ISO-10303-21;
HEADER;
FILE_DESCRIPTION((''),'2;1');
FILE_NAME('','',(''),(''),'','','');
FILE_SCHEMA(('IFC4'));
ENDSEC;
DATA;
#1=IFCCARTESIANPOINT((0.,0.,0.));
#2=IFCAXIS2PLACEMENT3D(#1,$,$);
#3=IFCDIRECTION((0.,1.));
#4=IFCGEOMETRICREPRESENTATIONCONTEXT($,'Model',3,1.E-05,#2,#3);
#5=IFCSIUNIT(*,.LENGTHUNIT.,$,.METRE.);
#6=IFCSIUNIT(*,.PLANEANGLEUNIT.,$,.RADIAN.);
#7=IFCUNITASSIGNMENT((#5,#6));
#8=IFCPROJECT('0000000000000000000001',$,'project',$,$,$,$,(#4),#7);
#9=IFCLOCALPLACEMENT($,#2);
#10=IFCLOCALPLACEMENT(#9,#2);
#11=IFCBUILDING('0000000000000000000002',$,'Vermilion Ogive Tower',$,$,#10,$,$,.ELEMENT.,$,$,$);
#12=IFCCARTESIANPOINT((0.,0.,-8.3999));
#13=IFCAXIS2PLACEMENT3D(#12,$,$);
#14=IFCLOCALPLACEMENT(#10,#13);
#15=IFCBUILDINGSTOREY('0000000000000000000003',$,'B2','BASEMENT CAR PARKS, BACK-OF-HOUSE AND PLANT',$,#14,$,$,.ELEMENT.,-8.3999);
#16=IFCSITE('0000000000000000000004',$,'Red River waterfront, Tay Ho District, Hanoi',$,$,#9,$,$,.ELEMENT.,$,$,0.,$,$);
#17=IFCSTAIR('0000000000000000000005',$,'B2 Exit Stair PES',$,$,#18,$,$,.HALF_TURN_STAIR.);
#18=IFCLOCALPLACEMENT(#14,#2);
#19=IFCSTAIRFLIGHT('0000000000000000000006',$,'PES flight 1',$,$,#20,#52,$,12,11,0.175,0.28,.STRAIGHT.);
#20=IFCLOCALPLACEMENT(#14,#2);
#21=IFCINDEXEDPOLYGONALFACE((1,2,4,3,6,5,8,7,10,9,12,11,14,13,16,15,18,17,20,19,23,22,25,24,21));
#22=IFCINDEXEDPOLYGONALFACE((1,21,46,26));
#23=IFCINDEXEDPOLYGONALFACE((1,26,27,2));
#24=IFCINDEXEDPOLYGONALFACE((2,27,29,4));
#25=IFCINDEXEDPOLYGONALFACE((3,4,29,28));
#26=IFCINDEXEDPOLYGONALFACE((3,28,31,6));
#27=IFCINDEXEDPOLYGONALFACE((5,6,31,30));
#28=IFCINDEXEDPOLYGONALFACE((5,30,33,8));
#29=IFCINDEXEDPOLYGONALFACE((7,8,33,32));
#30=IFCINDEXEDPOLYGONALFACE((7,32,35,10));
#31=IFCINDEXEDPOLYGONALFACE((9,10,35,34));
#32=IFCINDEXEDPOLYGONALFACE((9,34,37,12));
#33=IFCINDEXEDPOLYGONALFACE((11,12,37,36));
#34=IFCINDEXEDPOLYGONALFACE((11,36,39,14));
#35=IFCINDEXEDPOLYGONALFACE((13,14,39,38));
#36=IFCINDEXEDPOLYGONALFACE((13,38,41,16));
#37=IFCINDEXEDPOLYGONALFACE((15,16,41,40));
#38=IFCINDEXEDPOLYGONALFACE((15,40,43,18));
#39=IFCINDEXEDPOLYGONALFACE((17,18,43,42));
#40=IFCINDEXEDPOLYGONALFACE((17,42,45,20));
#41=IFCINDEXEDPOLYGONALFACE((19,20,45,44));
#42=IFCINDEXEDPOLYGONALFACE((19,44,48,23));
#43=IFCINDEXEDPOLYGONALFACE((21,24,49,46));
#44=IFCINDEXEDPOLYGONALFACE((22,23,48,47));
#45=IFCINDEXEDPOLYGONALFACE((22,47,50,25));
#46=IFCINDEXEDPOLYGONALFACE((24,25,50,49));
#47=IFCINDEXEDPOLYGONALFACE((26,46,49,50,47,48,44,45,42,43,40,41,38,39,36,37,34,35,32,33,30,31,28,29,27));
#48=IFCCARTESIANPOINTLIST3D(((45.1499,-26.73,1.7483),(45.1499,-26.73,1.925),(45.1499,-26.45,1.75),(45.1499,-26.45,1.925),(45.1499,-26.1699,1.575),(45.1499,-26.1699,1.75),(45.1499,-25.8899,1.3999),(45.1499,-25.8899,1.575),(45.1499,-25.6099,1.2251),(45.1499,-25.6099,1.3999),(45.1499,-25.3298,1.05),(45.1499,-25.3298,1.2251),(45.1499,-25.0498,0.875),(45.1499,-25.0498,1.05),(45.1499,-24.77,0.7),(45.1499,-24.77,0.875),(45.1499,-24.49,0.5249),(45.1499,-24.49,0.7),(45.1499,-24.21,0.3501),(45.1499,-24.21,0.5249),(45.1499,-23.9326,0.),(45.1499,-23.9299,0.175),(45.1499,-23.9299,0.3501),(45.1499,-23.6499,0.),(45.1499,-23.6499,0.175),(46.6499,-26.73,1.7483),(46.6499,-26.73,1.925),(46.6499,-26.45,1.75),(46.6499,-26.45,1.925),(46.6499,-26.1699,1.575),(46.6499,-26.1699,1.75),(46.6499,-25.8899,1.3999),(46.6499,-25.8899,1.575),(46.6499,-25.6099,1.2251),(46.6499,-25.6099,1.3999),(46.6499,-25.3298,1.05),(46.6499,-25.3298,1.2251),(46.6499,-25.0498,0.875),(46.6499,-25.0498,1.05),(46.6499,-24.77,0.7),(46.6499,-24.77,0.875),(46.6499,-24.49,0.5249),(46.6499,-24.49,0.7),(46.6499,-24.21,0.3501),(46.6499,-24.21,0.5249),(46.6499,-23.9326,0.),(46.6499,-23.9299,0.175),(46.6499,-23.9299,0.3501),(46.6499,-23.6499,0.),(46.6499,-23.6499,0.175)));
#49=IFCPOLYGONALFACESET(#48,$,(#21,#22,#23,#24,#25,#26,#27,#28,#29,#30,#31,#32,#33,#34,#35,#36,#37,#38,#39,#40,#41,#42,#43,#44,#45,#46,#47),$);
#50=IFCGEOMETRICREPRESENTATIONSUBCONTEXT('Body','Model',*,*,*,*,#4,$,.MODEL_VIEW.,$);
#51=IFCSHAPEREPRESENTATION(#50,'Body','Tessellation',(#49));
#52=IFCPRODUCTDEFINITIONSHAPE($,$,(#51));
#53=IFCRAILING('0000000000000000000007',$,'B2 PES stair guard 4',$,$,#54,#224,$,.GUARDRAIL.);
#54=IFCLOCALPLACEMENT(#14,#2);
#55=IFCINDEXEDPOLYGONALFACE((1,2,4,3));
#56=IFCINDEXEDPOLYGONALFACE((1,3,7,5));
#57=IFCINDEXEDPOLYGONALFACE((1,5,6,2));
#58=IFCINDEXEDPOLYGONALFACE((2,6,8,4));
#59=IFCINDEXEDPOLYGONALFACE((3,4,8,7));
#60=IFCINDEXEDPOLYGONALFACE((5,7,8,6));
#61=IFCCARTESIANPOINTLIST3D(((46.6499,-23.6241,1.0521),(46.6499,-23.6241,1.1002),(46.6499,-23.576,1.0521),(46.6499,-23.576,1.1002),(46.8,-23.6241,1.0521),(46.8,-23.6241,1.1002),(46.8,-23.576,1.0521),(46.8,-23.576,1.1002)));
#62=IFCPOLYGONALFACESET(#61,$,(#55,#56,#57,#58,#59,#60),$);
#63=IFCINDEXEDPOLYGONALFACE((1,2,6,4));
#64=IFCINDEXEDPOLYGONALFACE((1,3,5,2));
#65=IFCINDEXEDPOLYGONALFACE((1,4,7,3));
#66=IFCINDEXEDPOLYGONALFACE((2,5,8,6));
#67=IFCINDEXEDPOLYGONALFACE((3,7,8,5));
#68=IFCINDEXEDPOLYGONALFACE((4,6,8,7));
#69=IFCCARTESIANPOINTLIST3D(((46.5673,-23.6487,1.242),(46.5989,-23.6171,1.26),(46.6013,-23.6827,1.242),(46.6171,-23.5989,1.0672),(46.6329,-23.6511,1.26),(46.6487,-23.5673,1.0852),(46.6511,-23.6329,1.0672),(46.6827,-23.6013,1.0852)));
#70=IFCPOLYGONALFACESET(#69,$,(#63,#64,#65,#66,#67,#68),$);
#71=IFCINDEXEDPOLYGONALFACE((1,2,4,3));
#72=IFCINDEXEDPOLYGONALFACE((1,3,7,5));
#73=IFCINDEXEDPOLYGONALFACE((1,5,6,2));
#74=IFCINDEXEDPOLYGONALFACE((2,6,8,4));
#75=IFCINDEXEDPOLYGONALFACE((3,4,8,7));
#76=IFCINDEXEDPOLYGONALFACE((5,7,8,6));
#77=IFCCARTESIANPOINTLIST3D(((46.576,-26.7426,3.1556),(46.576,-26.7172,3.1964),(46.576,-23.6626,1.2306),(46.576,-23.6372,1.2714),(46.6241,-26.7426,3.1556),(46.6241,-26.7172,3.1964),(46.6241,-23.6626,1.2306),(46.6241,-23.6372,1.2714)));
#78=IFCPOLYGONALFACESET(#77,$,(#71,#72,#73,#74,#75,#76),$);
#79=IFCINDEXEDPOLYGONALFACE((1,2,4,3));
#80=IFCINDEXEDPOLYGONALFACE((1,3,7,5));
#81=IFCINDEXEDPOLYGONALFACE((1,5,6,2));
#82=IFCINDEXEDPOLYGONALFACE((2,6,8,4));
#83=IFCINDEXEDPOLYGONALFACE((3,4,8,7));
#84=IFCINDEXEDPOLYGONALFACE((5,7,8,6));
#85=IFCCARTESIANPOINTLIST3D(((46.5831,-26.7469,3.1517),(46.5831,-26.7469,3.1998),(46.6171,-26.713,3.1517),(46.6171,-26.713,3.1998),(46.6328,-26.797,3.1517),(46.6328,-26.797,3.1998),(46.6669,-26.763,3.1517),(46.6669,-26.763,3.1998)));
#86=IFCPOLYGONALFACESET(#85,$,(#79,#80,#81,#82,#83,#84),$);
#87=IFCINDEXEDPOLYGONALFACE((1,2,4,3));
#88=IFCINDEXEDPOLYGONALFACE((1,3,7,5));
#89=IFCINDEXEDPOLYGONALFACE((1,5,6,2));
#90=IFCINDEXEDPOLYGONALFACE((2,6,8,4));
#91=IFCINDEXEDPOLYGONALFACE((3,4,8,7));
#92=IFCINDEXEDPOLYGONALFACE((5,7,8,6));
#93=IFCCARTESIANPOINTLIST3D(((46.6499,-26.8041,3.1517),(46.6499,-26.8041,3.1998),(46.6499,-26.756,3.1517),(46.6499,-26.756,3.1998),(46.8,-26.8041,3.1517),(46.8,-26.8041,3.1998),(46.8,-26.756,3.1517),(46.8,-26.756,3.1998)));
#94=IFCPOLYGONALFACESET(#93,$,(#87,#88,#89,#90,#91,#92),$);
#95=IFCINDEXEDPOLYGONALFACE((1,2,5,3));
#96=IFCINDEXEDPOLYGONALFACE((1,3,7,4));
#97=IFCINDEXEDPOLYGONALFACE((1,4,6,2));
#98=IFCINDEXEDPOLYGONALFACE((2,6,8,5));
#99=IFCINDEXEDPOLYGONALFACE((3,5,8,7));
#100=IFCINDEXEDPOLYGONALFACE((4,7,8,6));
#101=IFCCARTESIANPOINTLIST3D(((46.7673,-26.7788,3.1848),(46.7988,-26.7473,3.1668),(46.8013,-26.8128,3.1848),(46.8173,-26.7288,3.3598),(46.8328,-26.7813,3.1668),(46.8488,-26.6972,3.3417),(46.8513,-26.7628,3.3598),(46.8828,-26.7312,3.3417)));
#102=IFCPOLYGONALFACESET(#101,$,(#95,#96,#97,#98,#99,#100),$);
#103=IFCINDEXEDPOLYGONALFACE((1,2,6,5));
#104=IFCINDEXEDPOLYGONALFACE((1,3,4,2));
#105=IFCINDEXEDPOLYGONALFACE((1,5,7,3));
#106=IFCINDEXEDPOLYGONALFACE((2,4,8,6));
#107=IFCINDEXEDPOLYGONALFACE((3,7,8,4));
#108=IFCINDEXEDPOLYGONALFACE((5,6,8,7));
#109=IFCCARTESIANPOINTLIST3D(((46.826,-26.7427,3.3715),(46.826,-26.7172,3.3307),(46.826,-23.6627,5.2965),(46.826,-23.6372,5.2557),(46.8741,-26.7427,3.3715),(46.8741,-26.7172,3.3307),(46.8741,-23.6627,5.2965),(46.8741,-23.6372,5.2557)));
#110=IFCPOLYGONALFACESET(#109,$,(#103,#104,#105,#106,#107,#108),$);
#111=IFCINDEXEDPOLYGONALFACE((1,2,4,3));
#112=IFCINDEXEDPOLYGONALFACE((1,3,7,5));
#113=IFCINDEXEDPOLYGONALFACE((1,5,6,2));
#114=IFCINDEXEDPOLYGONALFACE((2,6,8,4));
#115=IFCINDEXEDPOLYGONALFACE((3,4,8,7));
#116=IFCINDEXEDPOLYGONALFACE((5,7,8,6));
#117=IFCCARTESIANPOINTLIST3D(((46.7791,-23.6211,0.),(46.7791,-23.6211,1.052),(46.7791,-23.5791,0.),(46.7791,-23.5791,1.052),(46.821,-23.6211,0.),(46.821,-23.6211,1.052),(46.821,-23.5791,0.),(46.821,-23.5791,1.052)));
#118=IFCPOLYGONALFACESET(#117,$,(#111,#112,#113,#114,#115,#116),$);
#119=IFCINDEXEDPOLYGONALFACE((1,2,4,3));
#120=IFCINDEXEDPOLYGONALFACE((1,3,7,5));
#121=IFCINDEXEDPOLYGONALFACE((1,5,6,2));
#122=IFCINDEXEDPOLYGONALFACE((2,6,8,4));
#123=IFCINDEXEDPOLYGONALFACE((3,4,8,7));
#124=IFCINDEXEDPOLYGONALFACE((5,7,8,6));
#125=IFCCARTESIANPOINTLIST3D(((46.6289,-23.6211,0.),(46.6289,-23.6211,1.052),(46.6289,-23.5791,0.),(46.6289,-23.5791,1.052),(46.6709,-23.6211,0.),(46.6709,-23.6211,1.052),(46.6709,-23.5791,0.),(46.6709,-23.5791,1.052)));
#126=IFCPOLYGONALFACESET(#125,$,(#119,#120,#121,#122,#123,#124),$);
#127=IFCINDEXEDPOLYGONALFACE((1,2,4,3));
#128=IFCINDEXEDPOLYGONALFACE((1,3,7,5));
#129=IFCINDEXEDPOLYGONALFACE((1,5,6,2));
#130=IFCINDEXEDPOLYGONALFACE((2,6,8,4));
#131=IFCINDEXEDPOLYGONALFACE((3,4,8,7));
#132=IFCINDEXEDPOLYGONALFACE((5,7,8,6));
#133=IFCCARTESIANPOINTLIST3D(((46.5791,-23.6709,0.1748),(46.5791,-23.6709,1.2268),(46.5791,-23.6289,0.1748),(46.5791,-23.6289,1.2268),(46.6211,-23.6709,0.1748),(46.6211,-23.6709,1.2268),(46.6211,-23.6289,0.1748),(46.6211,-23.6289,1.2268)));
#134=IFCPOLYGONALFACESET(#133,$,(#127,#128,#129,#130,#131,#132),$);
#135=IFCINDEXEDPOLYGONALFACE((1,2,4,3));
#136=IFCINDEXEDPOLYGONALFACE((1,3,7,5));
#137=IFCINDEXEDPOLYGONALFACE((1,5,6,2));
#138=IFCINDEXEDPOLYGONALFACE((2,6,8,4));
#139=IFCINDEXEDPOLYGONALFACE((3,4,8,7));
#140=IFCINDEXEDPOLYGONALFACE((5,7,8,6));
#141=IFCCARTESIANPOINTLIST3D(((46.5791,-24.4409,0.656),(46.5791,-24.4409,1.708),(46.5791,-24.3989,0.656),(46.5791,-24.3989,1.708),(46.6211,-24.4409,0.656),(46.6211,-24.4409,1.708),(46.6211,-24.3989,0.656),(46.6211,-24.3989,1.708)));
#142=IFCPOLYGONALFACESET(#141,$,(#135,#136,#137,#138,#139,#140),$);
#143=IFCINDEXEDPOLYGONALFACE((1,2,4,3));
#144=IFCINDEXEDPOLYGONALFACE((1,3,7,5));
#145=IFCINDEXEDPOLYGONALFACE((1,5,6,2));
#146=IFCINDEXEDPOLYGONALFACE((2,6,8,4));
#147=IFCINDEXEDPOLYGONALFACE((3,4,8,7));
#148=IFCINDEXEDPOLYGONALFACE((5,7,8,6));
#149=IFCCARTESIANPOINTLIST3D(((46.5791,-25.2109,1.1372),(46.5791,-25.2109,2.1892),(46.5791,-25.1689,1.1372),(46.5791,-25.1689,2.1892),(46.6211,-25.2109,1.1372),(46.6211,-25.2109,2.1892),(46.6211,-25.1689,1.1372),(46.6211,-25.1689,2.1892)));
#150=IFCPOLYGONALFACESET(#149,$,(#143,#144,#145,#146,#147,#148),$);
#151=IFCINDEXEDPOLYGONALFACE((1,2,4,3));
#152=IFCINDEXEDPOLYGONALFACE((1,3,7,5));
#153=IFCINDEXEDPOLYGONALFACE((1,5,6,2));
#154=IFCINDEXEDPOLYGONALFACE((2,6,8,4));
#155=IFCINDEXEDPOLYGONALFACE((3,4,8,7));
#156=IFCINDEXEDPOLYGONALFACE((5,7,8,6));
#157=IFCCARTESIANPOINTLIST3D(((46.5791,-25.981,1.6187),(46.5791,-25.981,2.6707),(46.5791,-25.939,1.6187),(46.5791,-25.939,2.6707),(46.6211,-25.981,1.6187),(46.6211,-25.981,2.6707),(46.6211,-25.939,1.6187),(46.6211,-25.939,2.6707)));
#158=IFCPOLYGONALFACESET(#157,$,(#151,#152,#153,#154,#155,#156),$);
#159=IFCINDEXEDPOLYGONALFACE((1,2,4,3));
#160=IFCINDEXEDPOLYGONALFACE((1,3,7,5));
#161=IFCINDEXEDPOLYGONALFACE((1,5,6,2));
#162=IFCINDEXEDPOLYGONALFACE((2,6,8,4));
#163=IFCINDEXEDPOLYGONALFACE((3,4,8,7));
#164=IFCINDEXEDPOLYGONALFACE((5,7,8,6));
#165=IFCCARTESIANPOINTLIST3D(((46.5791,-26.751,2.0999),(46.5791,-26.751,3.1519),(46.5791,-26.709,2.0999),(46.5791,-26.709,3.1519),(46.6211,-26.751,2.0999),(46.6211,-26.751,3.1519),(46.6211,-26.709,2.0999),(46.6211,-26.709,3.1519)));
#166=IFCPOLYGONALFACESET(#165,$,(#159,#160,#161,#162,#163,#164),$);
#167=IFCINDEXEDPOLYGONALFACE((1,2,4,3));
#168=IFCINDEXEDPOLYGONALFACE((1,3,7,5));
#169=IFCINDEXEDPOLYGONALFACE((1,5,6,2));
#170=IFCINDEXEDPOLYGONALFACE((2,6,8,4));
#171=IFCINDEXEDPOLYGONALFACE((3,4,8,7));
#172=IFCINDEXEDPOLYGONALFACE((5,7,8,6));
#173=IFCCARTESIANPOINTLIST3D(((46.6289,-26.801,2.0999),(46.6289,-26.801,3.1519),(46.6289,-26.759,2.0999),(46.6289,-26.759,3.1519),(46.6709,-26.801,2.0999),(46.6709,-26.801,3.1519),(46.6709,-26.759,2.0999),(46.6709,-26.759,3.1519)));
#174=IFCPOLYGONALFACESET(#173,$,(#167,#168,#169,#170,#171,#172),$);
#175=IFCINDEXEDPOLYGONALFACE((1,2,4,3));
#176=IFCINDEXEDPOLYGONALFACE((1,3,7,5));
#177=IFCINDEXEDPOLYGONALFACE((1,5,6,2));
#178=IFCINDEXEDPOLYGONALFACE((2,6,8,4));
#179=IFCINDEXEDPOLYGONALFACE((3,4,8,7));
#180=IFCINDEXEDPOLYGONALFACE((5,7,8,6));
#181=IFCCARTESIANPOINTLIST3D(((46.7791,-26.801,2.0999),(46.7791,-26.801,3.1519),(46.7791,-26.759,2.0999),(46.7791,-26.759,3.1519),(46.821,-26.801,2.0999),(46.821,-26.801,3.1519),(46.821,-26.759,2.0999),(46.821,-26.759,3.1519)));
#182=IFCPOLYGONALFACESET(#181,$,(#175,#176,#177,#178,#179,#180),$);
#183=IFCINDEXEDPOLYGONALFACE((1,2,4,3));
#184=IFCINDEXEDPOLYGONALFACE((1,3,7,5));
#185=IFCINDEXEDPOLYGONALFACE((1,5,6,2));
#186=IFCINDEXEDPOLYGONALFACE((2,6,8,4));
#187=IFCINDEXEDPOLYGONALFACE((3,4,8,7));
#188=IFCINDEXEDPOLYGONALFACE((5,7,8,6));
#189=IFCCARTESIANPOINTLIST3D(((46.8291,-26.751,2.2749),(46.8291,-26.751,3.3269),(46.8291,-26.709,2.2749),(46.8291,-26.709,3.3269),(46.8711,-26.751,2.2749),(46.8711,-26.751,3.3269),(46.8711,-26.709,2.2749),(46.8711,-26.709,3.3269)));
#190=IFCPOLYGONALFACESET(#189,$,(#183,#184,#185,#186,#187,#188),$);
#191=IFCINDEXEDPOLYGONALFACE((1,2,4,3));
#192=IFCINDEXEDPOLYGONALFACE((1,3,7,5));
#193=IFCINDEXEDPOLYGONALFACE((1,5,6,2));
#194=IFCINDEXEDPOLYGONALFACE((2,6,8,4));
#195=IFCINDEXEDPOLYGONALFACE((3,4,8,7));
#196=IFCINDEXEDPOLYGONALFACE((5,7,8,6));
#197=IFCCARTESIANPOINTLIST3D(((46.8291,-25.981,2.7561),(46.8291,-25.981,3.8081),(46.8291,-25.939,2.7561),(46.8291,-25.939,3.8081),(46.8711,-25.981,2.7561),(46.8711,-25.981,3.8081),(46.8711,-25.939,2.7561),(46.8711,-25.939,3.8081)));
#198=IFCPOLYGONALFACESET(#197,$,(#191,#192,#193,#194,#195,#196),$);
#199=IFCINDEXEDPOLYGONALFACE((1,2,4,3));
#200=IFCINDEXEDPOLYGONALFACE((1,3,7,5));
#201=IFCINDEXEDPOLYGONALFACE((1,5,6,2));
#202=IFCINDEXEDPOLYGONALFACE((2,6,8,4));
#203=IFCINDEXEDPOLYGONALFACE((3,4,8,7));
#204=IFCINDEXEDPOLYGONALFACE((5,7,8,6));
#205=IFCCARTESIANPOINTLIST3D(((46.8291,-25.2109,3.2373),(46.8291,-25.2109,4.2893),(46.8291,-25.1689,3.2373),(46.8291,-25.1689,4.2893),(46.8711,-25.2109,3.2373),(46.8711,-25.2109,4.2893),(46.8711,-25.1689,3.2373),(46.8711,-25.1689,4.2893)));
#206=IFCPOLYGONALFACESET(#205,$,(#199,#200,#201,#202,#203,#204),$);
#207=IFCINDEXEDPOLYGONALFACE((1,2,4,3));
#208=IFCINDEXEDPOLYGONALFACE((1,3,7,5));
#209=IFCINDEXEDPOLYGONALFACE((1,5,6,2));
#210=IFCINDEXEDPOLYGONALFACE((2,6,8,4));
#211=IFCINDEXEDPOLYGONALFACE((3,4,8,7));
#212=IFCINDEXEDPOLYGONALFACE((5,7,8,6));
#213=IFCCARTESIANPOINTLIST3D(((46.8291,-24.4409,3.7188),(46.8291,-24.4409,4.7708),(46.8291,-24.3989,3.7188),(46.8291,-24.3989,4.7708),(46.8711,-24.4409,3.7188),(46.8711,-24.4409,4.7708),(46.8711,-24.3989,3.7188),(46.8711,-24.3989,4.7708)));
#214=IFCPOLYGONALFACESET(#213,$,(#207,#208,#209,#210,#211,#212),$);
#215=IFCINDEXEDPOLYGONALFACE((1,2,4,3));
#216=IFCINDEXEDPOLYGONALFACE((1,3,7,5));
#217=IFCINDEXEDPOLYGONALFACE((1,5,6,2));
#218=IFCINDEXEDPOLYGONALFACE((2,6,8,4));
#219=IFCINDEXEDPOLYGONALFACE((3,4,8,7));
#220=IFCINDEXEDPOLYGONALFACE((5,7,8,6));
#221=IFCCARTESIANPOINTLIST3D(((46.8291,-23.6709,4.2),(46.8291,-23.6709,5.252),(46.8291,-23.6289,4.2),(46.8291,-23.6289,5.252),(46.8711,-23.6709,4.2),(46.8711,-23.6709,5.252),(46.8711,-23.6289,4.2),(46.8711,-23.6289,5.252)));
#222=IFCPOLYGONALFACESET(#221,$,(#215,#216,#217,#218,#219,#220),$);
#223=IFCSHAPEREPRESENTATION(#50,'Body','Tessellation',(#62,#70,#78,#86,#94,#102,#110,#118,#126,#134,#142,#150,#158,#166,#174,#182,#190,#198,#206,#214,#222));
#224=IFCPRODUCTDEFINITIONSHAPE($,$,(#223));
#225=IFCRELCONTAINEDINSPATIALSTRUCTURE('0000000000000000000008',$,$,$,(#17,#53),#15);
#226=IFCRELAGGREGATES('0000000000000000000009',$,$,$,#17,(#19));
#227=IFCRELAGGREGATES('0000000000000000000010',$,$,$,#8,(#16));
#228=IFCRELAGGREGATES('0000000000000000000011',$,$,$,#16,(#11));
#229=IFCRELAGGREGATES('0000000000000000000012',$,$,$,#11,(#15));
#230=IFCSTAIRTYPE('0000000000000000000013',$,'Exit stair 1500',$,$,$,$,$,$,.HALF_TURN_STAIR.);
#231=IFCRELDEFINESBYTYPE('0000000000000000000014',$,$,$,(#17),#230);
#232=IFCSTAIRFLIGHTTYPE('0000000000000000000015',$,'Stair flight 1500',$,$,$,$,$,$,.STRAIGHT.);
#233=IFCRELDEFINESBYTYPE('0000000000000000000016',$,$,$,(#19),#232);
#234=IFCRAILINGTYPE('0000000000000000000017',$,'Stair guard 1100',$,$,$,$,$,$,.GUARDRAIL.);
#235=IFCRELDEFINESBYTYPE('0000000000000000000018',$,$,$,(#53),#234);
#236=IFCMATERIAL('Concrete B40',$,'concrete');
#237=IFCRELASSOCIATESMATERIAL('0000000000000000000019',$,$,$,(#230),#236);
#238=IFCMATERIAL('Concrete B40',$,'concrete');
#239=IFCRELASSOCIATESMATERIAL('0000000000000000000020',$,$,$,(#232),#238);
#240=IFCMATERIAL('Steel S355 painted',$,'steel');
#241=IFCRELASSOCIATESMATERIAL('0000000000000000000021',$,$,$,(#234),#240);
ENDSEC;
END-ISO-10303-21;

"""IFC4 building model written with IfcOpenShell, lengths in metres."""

from ifc_helpers import new_model, si_unit, direction, frame, origin, origin_2d, place, context, subcontext, project, spatial, polyline, rectangle, outline, extrude, material, type_object, element, aggregate, save


model = new_model("IFC4")

# Units and contexts
model_context = context("Model", 3, precision=1e-05, world=origin(), true_north=direction((0.0, 1.0)))
body_context = subcontext(model_context, "Body", "Model", "MODEL_VIEW")
ifc_project = project(units=[si_unit("LENGTHUNIT", "METRE"), si_unit("PLANEANGLEUNIT", "RADIAN")], contexts=[model_context])

# Site, building, storey
site_placement = place(None, origin())
site = spatial("IfcSite", under=ifc_project, at=site_placement, Name="Red River waterfront, Tay Ho District, Hanoi", CompositionType="ELEMENT", RefElevation=0.0)
building_placement = place(site_placement, origin())
building = spatial("IfcBuilding", under=site, at=building_placement, Name="Vermilion Ogive Tower", CompositionType="ELEMENT")
storey_placement = place(building_placement, frame((0.0, 0.0, -8.3999)))
storey = spatial("IfcBuildingStorey", under=building, at=storey_placement, Name="B2", Description="BASEMENT CAR PARKS, BACK-OF-HOUSE AND PLANT", CompositionType="ELEMENT", Elevation=-8.3999)

# Stair, stair flight
ifc_material_1 = material(Name="Concrete B40", Category="concrete")
stair_type = type_object("IfcStairType", Name="Exit stair 1500", PredefinedType="HALF_TURN_STAIR", material=ifc_material_1)
stair_placement = place(storey_placement, origin())
stair = element("IfcStair", 1, at=stair_placement, inside=storey, type_object=stair_type, Name="B2 Exit Stair PES", PredefinedType="HALF_TURN_STAIR")
ifc_material_2 = material(Name="Concrete B40", Category="concrete")
stair_flight_type = type_object("IfcStairFlightType", Name="Stair flight 1500", PredefinedType="STRAIGHT", material=ifc_material_2)
stair_flight_placement = place(storey_placement, frame((45.8999, -23.6499, 0.0), z_axis=(0.0, 0.0, 1.0), x_axis=(0.0, -1.0, 0.0)))
stair_flight = element("IfcStairFlight", 2, at=stair_flight_placement, type_object=stair_flight_type, Name="PES flight 1", NumberOfRisers=12, NumberOfTreads=11, PredefinedType="STRAIGHT", RiserHeight=0.175, TreadLength=0.28, context=body_context, shape_type="SweptSolid", body=[
    extrude(outline(polyline([(0.0, 0.0), (0.0, 0.175), (0.28, 0.175), (0.28, 0.3501), (0.5601, 0.3501), (0.5601, 0.5249), (0.8401, 0.5249), (0.8401, 0.7), (1.1201, 0.7), (1.1201, 0.875), (1.3999, 0.875), (1.3999, 1.05), (1.6799, 1.05), (1.6799, 1.2251), (1.96, 1.2251), (1.96, 1.3999), (2.24, 1.3999), (2.24, 1.575), (2.52, 1.575), (2.52, 1.75), (2.8, 1.75), (2.8, 1.925), (3.0801, 1.925), (3.0801, 2.1001), (3.0801, 1.7483), (0.2827, 0.0), (0.0, 0.0)])), frame((0.0, 0.75, 0.0), z_axis=(0.0, -1.0, 0.0), x_axis=(1.0, 0.0, 0.0)), (0.0, 0.0, 1.0), 1.5),
])
aggregate(stair, [stair_flight])

# Railing
ifc_material_3 = material(Name="Steel S355 painted", Category="steel")
railing_type_1 = type_object("IfcRailingType", Name="Stair guard 1100", PredefinedType="GUARDRAIL", material=ifc_material_3)
railing_1_placement = place(storey_placement, frame((46.8, -23.6001, 0.0)))
element("IfcRailing", 3, at=railing_1_placement, inside=storey, type_object=railing_type_1, Name="B2 PES stair guard 4", PredefinedType="GUARDRAIL", context=body_context, shape_type="SweptSolid", body=[
    extrude(rectangle(XDim=0.0481, YDim=0.0481, at=origin_2d()), frame((0.0, 0.0, 1.0762), z_axis=(-1.0, 0.0, 0.0), x_axis=(0.0, -1.0, 0.0)), (0.0, 0.0, 1.0), 0.1501),
    extrude(rectangle(XDim=0.0481, YDim=0.0481, at=origin_2d()), frame((-0.1501, 0.0, 1.0762), z_axis=(-0.26427, -0.26427, 0.927536), x_axis=(0.707107, -0.707107, 0.0)), (0.0, 0.0, 1.0), 0.1885),
    extrude(rectangle(XDim=0.0481, YDim=0.0481, at=origin_2d()), frame((-0.2, -0.0498, 1.251), z_axis=(0.0, -0.847998, 0.529999), x_axis=(1.0, 0.0, 0.0)), (0.0, 0.0, 1.0), 3.6321),
    extrude(rectangle(XDim=0.0481, YDim=0.0481, at=origin_2d()), frame((-0.2, -3.1299, 3.1758), z_axis=(0.705376, -0.708834, 0.0), x_axis=(0.708834, 0.705376, 0.0)), (0.0, 0.0, 1.0), 0.0706),
    extrude(rectangle(XDim=0.0481, YDim=0.0481, at=origin_2d()), frame((-0.1501, -3.1799, 3.1758), z_axis=(1.0, 0.0, 0.0), x_axis=(0.0, 1.0, 0.0)), (0.0, 0.0, 1.0), 0.1501),
    extrude(rectangle(XDim=0.0481, YDim=0.0481, at=origin_2d()), frame((0.0, -3.1799, 3.1758), z_axis=(0.265065, 0.265065, 0.927082), x_axis=(-0.707107, 0.707107, 0.0)), (0.0, 0.0, 1.0), 0.1887),
    extrude(rectangle(XDim=0.0481, YDim=0.0481, at=origin_2d()), frame((0.05, -3.1299, 3.3511), z_axis=(0.0, 0.847998, 0.529999), x_axis=(-1.0, 0.0, 0.0)), (0.0, 0.0, 1.0), 3.6321),
    extrude(rectangle(XDim=0.042, YDim=0.042, at=origin_2d()), origin(), (0.0, 0.0, 1.0), 1.052),
    extrude(rectangle(XDim=0.042, YDim=0.042, at=origin_2d()), frame((-0.1501, 0.0, 0.0)), (0.0, 0.0, 1.0), 1.052),
    extrude(rectangle(XDim=0.042, YDim=0.042, at=origin_2d()), frame((-0.2, -0.0498, 0.1748)), (0.0, 0.0, 1.0), 1.052),
    extrude(rectangle(XDim=0.042, YDim=0.042, at=origin_2d()), frame((-0.2, -0.8198, 0.656)), (0.0, 0.0, 1.0), 1.052),
    extrude(rectangle(XDim=0.042, YDim=0.042, at=origin_2d()), frame((-0.2, -1.5898, 1.1372)), (0.0, 0.0, 1.0), 1.052),
    extrude(rectangle(XDim=0.042, YDim=0.042, at=origin_2d()), frame((-0.2, -2.3599, 1.6187)), (0.0, 0.0, 1.0), 1.052),
    extrude(rectangle(XDim=0.042, YDim=0.042, at=origin_2d()), frame((-0.2, -3.1299, 2.0999)), (0.0, 0.0, 1.0), 1.052),
    extrude(rectangle(XDim=0.042, YDim=0.042, at=origin_2d()), frame((-0.1501, -3.1799, 2.0999)), (0.0, 0.0, 1.0), 1.052),
    extrude(rectangle(XDim=0.042, YDim=0.042, at=origin_2d()), frame((0.0, -3.1799, 2.0999)), (0.0, 0.0, 1.0), 1.052),
    extrude(rectangle(XDim=0.042, YDim=0.042, at=origin_2d()), frame((0.05, -3.1299, 2.2749)), (0.0, 0.0, 1.0), 1.052),
    extrude(rectangle(XDim=0.042, YDim=0.042, at=origin_2d()), frame((0.05, -2.3599, 2.7561)), (0.0, 0.0, 1.0), 1.052),
    extrude(rectangle(XDim=0.042, YDim=0.042, at=origin_2d()), frame((0.05, -1.5898, 3.2373)), (0.0, 0.0, 1.0), 1.052),
    extrude(rectangle(XDim=0.042, YDim=0.042, at=origin_2d()), frame((0.05, -0.8198, 3.7188)), (0.0, 0.0, 1.0), 1.052),
    extrude(rectangle(XDim=0.042, YDim=0.042, at=origin_2d()), frame((0.05, -0.0498, 4.2)), (0.0, 0.0, 1.0), 1.052),
])

save(model, "model.ifc")
